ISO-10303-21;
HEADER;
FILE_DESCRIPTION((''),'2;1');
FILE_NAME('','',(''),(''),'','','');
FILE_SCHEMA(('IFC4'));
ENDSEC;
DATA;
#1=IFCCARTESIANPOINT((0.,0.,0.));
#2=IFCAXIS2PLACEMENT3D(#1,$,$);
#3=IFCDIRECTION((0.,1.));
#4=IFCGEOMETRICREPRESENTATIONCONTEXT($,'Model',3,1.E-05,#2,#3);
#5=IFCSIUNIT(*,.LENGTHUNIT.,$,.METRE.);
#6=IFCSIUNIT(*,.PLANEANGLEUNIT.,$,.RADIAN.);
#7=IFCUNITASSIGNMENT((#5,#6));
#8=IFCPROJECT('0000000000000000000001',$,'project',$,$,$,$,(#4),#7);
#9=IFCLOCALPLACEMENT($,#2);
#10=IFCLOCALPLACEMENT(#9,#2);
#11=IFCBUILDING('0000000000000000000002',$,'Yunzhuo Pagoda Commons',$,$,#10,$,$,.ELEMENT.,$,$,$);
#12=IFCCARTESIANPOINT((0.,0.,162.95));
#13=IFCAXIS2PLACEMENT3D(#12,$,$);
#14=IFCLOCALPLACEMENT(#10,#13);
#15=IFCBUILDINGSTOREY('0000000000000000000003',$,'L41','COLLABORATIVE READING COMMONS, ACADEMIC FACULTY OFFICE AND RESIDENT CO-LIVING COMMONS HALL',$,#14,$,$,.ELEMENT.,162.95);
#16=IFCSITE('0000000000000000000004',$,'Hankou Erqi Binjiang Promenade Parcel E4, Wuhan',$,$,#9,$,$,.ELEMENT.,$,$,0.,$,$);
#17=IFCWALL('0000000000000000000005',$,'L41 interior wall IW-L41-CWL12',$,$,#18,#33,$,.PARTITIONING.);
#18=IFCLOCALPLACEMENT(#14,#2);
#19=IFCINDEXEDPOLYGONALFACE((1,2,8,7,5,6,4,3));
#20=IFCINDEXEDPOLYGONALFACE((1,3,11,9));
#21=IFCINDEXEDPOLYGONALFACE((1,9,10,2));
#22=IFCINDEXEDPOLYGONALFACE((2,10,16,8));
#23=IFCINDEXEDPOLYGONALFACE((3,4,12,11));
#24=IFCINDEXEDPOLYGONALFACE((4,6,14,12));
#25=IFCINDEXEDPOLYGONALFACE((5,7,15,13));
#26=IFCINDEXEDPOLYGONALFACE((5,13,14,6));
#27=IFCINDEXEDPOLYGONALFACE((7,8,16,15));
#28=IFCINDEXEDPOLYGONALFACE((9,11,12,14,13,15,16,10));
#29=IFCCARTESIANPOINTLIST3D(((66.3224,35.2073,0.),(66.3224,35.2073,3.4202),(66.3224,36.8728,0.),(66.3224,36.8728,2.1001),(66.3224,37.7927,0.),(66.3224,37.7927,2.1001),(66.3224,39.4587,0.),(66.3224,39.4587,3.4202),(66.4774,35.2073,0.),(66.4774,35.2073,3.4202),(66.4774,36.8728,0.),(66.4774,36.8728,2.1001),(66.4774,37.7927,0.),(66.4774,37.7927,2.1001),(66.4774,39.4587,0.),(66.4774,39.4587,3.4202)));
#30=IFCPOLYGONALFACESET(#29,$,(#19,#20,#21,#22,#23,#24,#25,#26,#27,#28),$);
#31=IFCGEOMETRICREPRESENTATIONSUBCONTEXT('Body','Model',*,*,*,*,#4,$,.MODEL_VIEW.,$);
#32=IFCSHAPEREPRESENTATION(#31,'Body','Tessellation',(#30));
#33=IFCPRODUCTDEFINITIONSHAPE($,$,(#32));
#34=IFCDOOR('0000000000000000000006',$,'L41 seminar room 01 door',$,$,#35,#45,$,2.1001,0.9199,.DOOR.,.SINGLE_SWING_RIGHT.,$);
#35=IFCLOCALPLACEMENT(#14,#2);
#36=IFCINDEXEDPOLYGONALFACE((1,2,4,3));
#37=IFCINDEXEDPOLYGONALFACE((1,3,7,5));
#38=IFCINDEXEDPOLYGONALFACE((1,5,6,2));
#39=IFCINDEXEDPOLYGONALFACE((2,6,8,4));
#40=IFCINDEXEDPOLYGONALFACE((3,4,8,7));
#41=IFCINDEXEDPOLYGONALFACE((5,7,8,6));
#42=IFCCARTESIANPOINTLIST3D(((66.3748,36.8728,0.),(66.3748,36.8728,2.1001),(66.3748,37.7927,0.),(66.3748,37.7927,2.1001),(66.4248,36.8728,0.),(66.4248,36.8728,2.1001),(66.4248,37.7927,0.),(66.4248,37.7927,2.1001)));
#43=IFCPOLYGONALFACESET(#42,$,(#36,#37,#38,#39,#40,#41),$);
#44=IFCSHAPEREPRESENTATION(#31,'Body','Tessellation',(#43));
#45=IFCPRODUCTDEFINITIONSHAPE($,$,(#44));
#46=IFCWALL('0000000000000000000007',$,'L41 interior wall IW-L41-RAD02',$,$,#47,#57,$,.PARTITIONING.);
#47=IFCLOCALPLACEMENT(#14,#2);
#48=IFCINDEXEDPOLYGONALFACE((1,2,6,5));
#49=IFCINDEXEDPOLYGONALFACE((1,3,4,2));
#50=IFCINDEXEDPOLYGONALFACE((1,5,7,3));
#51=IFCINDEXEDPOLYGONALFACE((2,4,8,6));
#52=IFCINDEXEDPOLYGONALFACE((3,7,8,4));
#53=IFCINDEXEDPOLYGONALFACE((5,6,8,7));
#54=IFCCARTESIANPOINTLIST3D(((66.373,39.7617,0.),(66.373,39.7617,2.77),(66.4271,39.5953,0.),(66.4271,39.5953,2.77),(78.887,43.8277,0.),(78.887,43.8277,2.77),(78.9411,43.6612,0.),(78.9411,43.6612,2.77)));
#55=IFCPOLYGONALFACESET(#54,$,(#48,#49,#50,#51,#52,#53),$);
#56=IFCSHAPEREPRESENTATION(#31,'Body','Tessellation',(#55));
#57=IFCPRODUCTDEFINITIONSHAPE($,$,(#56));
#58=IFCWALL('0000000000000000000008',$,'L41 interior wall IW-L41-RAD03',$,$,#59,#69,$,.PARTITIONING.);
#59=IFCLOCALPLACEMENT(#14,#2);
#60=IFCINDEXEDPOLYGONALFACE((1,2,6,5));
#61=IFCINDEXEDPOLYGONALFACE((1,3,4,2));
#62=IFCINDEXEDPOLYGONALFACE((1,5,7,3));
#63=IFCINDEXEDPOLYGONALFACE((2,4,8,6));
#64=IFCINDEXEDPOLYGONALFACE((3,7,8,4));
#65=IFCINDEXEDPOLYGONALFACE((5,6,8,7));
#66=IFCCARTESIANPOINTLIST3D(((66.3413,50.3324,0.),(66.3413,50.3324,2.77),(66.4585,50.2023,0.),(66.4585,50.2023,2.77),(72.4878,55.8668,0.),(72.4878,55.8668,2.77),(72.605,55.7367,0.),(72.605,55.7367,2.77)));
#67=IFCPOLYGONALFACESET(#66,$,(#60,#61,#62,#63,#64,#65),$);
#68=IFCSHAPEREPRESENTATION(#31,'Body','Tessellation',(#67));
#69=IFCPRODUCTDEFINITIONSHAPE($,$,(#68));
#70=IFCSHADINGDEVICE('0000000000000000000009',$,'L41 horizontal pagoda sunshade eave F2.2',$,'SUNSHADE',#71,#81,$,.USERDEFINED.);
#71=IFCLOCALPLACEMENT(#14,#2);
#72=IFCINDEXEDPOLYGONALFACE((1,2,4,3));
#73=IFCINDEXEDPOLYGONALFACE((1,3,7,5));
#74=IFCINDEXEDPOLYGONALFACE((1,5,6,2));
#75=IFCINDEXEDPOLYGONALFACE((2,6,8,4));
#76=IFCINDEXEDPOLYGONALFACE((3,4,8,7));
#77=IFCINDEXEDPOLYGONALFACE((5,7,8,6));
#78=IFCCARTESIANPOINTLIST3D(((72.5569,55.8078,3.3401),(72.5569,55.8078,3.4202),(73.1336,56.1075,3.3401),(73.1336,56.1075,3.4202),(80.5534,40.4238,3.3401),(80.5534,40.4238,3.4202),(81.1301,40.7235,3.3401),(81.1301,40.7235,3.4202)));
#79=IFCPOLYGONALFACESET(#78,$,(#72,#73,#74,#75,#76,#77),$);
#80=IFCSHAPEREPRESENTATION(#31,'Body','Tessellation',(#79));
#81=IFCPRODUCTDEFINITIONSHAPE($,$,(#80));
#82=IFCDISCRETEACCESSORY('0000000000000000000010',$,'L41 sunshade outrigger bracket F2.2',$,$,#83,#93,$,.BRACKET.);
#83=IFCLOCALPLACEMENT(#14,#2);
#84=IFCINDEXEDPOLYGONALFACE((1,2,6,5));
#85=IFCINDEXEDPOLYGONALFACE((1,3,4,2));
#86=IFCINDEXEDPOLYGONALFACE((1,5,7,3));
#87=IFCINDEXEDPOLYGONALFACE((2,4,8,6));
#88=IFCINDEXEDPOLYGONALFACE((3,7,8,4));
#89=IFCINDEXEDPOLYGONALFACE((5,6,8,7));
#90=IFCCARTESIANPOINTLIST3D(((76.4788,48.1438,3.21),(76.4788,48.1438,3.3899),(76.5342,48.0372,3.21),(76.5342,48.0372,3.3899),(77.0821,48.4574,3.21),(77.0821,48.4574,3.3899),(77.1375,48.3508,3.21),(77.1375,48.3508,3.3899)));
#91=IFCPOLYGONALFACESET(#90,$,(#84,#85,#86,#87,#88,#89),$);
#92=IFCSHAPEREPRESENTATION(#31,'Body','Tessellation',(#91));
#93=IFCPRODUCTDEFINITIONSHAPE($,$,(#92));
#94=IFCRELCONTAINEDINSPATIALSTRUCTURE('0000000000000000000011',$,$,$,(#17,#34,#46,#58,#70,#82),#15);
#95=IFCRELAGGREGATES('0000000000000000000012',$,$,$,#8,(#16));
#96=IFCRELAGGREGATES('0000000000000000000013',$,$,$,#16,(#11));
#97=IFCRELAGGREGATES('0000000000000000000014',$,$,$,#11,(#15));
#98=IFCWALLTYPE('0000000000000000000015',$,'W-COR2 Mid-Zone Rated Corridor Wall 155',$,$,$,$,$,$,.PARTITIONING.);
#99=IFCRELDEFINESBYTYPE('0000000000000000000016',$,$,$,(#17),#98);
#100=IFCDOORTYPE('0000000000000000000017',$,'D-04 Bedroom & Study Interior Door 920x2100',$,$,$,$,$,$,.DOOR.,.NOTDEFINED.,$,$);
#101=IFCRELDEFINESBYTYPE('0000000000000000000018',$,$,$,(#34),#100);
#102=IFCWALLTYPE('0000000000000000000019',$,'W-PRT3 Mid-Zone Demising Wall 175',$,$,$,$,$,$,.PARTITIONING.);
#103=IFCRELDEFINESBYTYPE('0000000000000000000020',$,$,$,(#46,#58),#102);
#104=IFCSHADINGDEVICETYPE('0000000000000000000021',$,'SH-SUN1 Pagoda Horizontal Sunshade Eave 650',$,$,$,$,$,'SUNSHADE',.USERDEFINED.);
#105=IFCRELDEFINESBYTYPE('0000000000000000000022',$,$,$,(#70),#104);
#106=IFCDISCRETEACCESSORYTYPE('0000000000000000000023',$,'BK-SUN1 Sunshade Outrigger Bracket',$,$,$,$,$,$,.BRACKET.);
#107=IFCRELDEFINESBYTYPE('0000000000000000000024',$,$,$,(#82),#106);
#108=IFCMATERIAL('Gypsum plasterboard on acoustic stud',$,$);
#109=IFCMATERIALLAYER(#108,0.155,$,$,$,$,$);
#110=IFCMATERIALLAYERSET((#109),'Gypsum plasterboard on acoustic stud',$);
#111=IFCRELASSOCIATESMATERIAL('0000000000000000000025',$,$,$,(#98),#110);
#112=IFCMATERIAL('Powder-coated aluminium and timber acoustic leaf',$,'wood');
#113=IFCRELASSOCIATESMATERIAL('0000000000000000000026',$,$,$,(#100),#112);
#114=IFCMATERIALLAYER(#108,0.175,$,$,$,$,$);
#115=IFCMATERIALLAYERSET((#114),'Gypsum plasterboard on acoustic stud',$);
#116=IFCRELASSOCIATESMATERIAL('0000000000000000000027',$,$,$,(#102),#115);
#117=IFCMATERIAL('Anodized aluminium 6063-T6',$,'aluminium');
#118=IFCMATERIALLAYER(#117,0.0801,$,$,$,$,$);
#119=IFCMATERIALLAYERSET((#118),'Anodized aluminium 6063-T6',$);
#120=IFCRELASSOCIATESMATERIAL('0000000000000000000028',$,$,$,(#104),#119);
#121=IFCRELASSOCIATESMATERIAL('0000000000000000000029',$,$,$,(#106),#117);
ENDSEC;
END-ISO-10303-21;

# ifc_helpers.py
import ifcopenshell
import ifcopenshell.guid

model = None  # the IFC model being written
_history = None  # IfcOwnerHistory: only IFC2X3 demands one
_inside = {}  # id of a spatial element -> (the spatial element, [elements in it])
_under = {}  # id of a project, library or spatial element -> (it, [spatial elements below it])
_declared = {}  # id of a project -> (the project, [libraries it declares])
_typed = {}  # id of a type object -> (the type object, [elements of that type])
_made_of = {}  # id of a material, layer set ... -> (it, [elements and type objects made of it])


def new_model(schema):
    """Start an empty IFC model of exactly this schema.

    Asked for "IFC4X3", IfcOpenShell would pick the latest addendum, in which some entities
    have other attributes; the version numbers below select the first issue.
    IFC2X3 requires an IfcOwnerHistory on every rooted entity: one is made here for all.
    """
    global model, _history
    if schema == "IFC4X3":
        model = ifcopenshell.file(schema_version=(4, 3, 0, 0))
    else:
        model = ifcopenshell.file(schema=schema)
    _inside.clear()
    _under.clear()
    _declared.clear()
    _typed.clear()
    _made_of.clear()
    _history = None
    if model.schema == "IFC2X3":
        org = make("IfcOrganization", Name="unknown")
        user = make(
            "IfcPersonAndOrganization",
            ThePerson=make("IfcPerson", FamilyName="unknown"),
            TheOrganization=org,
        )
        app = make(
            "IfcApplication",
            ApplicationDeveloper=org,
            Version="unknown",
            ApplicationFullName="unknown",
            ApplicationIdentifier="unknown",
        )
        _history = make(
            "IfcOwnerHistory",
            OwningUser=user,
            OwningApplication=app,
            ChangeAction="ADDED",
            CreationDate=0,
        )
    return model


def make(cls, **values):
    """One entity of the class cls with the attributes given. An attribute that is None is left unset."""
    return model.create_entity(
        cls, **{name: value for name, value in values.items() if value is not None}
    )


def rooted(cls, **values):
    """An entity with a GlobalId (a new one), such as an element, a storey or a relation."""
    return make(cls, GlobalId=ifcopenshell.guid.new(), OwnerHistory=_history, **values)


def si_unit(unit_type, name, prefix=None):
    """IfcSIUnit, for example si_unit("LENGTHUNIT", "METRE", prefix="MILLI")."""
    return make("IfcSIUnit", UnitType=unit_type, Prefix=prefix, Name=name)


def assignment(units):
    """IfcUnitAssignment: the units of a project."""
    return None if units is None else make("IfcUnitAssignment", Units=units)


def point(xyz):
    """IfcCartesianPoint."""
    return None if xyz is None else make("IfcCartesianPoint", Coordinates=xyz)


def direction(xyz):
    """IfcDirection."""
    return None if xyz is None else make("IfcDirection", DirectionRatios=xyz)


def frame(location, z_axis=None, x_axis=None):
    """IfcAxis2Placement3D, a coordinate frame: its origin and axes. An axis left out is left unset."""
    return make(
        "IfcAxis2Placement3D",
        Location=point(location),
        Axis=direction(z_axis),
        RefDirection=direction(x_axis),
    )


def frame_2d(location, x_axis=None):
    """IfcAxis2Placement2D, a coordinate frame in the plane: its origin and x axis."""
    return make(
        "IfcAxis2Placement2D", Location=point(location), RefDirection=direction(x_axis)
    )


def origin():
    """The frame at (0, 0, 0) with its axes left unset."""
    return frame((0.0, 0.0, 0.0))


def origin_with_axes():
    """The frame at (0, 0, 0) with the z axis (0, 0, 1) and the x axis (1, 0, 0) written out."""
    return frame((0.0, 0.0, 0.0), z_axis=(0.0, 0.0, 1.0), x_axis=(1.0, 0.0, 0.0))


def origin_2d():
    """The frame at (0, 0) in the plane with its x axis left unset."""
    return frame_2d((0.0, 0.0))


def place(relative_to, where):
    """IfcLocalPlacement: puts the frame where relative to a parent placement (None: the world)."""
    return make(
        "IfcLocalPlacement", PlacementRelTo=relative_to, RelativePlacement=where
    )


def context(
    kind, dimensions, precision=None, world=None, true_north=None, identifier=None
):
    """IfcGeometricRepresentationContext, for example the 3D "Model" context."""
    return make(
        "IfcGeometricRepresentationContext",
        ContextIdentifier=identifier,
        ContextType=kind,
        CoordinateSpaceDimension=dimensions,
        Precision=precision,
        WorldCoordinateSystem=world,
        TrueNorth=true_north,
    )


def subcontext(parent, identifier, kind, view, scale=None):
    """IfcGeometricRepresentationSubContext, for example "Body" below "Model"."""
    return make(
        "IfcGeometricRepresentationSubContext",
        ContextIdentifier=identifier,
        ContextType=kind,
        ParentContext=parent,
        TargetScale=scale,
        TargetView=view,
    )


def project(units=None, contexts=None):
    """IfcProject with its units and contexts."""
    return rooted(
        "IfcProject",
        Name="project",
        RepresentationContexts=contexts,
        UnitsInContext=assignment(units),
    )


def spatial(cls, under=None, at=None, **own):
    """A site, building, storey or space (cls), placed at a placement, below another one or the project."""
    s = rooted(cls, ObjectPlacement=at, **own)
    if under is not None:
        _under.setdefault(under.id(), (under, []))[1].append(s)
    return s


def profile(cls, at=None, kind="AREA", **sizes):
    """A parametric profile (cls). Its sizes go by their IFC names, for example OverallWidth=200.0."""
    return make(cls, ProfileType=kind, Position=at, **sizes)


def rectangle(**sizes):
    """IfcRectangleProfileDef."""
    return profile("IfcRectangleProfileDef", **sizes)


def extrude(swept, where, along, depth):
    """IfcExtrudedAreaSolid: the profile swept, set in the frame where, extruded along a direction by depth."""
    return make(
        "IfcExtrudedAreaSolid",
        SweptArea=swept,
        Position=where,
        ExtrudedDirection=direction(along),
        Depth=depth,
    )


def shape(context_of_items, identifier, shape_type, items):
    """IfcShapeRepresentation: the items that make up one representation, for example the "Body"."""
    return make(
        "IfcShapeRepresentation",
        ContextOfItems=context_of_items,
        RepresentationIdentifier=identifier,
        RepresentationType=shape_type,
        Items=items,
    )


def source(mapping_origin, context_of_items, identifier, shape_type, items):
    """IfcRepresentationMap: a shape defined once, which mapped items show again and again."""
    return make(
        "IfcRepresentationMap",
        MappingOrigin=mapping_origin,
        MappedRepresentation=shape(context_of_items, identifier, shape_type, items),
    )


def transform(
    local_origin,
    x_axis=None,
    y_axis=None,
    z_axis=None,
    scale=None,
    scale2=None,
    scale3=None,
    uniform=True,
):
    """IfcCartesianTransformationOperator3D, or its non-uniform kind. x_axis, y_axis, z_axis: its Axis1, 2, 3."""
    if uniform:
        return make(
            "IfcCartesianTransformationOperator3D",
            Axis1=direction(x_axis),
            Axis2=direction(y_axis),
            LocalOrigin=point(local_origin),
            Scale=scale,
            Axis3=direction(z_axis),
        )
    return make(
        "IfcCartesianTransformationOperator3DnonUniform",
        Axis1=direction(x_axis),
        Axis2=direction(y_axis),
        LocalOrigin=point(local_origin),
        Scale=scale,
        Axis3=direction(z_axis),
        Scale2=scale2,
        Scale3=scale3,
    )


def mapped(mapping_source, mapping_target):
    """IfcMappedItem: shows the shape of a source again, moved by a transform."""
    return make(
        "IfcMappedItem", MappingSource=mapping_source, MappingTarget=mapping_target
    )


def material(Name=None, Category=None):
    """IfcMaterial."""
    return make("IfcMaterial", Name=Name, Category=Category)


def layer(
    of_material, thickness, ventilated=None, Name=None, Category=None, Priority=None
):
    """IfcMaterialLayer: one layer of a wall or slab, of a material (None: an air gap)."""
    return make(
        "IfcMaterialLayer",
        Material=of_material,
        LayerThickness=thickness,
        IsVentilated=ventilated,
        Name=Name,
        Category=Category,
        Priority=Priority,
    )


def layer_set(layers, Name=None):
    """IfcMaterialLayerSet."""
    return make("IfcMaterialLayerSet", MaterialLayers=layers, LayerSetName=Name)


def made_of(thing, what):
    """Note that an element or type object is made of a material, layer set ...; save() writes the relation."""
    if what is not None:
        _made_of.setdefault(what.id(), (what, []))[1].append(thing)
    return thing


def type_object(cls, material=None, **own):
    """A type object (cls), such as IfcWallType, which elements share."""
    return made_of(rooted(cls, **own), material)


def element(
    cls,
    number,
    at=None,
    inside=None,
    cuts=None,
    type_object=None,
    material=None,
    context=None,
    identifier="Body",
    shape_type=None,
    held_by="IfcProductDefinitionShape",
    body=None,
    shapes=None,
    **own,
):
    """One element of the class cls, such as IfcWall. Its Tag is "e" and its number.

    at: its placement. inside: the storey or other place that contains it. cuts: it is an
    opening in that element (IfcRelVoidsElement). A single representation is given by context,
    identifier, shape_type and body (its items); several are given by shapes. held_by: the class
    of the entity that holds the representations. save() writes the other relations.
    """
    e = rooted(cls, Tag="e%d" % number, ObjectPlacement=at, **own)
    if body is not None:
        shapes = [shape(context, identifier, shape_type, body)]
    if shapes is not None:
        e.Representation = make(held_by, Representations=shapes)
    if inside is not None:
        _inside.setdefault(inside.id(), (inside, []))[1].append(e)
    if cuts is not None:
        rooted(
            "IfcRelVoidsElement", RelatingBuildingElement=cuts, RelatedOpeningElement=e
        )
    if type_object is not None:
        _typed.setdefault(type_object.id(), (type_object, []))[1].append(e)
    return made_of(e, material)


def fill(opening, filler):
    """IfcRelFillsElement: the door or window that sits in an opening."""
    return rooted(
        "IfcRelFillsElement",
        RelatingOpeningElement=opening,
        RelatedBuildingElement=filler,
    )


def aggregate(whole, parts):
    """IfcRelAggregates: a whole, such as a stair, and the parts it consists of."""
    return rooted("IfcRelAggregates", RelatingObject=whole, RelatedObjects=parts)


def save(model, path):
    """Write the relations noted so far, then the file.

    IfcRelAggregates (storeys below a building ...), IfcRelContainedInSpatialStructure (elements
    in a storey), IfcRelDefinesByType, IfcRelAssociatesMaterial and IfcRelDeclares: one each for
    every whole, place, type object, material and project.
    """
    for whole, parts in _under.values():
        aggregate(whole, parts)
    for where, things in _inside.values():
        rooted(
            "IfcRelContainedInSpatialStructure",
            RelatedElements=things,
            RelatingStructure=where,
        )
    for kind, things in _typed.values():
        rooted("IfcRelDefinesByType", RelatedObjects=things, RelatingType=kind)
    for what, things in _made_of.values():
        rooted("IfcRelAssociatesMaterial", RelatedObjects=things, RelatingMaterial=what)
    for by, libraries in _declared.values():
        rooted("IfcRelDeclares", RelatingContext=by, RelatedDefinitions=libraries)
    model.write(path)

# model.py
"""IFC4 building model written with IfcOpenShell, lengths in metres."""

from ifc_helpers import new_model, si_unit, direction, frame, frame_2d, origin, origin_with_axes, origin_2d, place, context, subcontext, project, spatial, rectangle, extrude, source, transform, mapped, material, layer, layer_set, type_object, element, fill, save


model = new_model("IFC4")

# Units and contexts
model_context = context("Model", 3, precision=1e-05, world=origin(), true_north=direction((0.0, 1.0)))
body_context = subcontext(model_context, "Body", "Model", "MODEL_VIEW")
ifc_project = project(units=[si_unit("LENGTHUNIT", "METRE"), si_unit("PLANEANGLEUNIT", "RADIAN")], contexts=[model_context])

# Site, building, storey
site_placement = place(None, origin())
site = spatial("IfcSite", under=ifc_project, at=site_placement, Name="Hankou Erqi Binjiang Promenade Parcel E4, Wuhan", CompositionType="ELEMENT", RefElevation=0.0)
building_placement = place(site_placement, origin())
building = spatial("IfcBuilding", under=site, at=building_placement, Name="Yunzhuo Pagoda Commons", CompositionType="ELEMENT")
storey_placement = place(building_placement, frame((0.0, 0.0, 162.95)))
storey = spatial("IfcBuildingStorey", under=building, at=storey_placement, Name="L41", Description="COLLABORATIVE READING COMMONS, ACADEMIC FACULTY OFFICE AND RESIDENT CO-LIVING COMMONS HALL", CompositionType="ELEMENT", Elevation=162.95)

# Shared definitions
ifc_material_1 = material(Name="Anodized aluminium 6063-T6", Category="aluminium")

# Wall, opening, door
ifc_material_2 = material(Name="Gypsum plasterboard on acoustic stud")
ifc_layer_1 = layer(ifc_material_2, 0.155)
ifc_layer_set_1 = layer_set([ifc_layer_1], Name="Gypsum plasterboard on acoustic stud")
wall_type_1 = type_object("IfcWallType", Name="W-COR2 Mid-Zone Rated Corridor Wall 155", PredefinedType="PARTITIONING", material=ifc_layer_set_1)
ifc_material_3 = material(Name="Powder-coated aluminium and timber acoustic leaf", Category="wood")
door_type = type_object("IfcDoorType", Name="D-04 Bedroom & Study Interior Door 920x2100", OperationType="NOTDEFINED", PredefinedType="DOOR", material=ifc_material_3)
shared_shape_1 = source(origin(), body_context, "Body", "SweptSolid", [
    extrude(rectangle(XDim=0.9199, YDim=2.1001, at=frame_2d((0.46, 1.05))), frame((0.0, 0.0249, 0.0), z_axis=(0.0, -1.0, 0.0), x_axis=(1.0, 0.0, 0.0)), (0.0, 0.0, 1.0), 0.05),
])
wall_1_placement = place(storey_placement, frame((66.3999, 39.4587, 0.0), z_axis=(0.0, 0.0, 1.0), x_axis=(0.0, -1.0, 0.0)))
wall_1 = element("IfcWall", 1, at=wall_1_placement, inside=storey, type_object=wall_type_1, Name="L41 interior wall IW-L41-CWL12", PredefinedType="PARTITIONING", context=body_context, shape_type="SweptSolid", body=[
    extrude(rectangle(XDim=4.2515, YDim=0.155, at=frame_2d((2.1257, 0.0))), origin(), (0.0, 0.0, 1.0), 3.4202),
])
opening_1_placement = place(wall_1_placement, frame((1.666, 0.0, 0.0)))
opening_1 = element("IfcOpeningElement", 2, at=opening_1_placement, cuts=wall_1, PredefinedType="OPENING", context=body_context, shape_type="SweptSolid", body=[
    extrude(rectangle(XDim=0.9199, YDim=2.1001, at=frame_2d((0.46, 1.05))), frame((0.0, 0.0874, 0.0), z_axis=(0.0, -1.0, 0.0), x_axis=(1.0, 0.0, 0.0)), (0.0, 0.0, 1.0), 0.175),
])
door_1_placement = place(opening_1_placement, origin_with_axes())
door_1 = element("IfcDoor", 3, at=door_1_placement, inside=storey, type_object=door_type, Name="L41 seminar room 01 door", OperationType="SINGLE_SWING_RIGHT", OverallHeight=2.1001, OverallWidth=0.9199, PredefinedType="DOOR", context=body_context, shape_type="MappedRepresentation", body=[
    mapped(shared_shape_1, transform((0.0, 0.0, 0.0), scale=1.0)),
])
fill(opening_1, door_1)

# Walls
ifc_layer_2 = layer(ifc_material_2, 0.175)
ifc_layer_set_2 = layer_set([ifc_layer_2], Name="Gypsum plasterboard on acoustic stud")
wall_type_2 = type_object("IfcWallType", Name="W-PRT3 Mid-Zone Demising Wall 175", PredefinedType="PARTITIONING", material=ifc_layer_set_2)
wall_2_placement = place(storey_placement, frame((66.3999, 39.6785, 0.0), z_axis=(0.0, 0.0, 1.0), x_axis=(0.951059, 0.30901, 0.0)))
element("IfcWall", 4, at=wall_2_placement, inside=storey, type_object=wall_type_2, Name="L41 interior wall IW-L41-RAD02", PredefinedType="PARTITIONING", context=body_context, shape_type="SweptSolid", body=[
    extrude(rectangle(XDim=13.158, YDim=0.175, at=frame_2d((6.5791, 0.0))), origin(), (0.0, 0.0, 1.0), 2.77),
])
wall_3_placement = place(storey_placement, frame((66.3999, 50.2673, 0.0), z_axis=(0.0, 0.0, 1.0), x_axis=(0.743139, 0.669138, 0.0)))
element("IfcWall", 5, at=wall_3_placement, inside=storey, type_object=wall_type_2, Name="L41 interior wall IW-L41-RAD03", PredefinedType="PARTITIONING", context=body_context, shape_type="SweptSolid", body=[
    extrude(rectangle(XDim=8.271, YDim=0.175, at=frame_2d((4.1355, 0.0))), origin(), (0.0, 0.0, 1.0), 2.77),
])

# Shading device
ifc_layer_3 = layer(ifc_material_1, 0.0801)
ifc_layer_set_3 = layer_set([ifc_layer_3], Name="Anodized aluminium 6063-T6")
shading_device_type = type_object("IfcShadingDeviceType", Name="SH-SUN1 Pagoda Horizontal Sunshade Eave 650", ElementType="SUNSHADE", PredefinedType="USERDEFINED", material=ifc_layer_set_3)
shared_shape_2 = source(origin(), body_context, "Body", "SweptSolid", [
    extrude(rectangle(XDim=17.3381, YDim=0.6499, at=origin_2d()), origin(), (0.0, 0.0, 1.0), 0.0801),
])
shading_device_placement = place(storey_placement, frame((76.8435, 48.2656, 3.3401), z_axis=(0.0, 0.0, 1.0), x_axis=(-0.461207, 0.887293, 0.0)))
element("IfcShadingDevice", 6, at=shading_device_placement, inside=storey, type_object=shading_device_type, Name="L41 horizontal pagoda sunshade eave F2.2", ObjectType="SUNSHADE", PredefinedType="USERDEFINED", context=body_context, shape_type="MappedRepresentation", body=[
    mapped(shared_shape_2, transform((0.0, 0.0, 0.0), scale=1.0)),
])

# Discrete accessory
discrete_accessory_type = type_object("IfcDiscreteAccessoryType", Name="BK-SUN1 Sunshade Outrigger Bracket", PredefinedType="BRACKET", material=ifc_material_1)
shared_shape_3 = source(origin(), body_context, "Body", "SweptSolid", [
    extrude(rectangle(XDim=0.1201, YDim=0.6799, at=origin_2d()), origin(), (0.0, 0.0, 1.0), 0.1799),
])
discrete_accessory_placement = place(storey_placement, frame((76.8081, 48.2473, 3.21), z_axis=(0.0, 0.0, 1.0), x_axis=(-0.461207, 0.887293, 0.0)))
element("IfcDiscreteAccessory", 7, at=discrete_accessory_placement, inside=storey, type_object=discrete_accessory_type, Name="L41 sunshade outrigger bracket F2.2", PredefinedType="BRACKET", context=body_context, shape_type="MappedRepresentation", body=[
    mapped(shared_shape_3, transform((0.0, 0.0, 0.0), scale=1.0)),
])

save(model, "model.ifc")
